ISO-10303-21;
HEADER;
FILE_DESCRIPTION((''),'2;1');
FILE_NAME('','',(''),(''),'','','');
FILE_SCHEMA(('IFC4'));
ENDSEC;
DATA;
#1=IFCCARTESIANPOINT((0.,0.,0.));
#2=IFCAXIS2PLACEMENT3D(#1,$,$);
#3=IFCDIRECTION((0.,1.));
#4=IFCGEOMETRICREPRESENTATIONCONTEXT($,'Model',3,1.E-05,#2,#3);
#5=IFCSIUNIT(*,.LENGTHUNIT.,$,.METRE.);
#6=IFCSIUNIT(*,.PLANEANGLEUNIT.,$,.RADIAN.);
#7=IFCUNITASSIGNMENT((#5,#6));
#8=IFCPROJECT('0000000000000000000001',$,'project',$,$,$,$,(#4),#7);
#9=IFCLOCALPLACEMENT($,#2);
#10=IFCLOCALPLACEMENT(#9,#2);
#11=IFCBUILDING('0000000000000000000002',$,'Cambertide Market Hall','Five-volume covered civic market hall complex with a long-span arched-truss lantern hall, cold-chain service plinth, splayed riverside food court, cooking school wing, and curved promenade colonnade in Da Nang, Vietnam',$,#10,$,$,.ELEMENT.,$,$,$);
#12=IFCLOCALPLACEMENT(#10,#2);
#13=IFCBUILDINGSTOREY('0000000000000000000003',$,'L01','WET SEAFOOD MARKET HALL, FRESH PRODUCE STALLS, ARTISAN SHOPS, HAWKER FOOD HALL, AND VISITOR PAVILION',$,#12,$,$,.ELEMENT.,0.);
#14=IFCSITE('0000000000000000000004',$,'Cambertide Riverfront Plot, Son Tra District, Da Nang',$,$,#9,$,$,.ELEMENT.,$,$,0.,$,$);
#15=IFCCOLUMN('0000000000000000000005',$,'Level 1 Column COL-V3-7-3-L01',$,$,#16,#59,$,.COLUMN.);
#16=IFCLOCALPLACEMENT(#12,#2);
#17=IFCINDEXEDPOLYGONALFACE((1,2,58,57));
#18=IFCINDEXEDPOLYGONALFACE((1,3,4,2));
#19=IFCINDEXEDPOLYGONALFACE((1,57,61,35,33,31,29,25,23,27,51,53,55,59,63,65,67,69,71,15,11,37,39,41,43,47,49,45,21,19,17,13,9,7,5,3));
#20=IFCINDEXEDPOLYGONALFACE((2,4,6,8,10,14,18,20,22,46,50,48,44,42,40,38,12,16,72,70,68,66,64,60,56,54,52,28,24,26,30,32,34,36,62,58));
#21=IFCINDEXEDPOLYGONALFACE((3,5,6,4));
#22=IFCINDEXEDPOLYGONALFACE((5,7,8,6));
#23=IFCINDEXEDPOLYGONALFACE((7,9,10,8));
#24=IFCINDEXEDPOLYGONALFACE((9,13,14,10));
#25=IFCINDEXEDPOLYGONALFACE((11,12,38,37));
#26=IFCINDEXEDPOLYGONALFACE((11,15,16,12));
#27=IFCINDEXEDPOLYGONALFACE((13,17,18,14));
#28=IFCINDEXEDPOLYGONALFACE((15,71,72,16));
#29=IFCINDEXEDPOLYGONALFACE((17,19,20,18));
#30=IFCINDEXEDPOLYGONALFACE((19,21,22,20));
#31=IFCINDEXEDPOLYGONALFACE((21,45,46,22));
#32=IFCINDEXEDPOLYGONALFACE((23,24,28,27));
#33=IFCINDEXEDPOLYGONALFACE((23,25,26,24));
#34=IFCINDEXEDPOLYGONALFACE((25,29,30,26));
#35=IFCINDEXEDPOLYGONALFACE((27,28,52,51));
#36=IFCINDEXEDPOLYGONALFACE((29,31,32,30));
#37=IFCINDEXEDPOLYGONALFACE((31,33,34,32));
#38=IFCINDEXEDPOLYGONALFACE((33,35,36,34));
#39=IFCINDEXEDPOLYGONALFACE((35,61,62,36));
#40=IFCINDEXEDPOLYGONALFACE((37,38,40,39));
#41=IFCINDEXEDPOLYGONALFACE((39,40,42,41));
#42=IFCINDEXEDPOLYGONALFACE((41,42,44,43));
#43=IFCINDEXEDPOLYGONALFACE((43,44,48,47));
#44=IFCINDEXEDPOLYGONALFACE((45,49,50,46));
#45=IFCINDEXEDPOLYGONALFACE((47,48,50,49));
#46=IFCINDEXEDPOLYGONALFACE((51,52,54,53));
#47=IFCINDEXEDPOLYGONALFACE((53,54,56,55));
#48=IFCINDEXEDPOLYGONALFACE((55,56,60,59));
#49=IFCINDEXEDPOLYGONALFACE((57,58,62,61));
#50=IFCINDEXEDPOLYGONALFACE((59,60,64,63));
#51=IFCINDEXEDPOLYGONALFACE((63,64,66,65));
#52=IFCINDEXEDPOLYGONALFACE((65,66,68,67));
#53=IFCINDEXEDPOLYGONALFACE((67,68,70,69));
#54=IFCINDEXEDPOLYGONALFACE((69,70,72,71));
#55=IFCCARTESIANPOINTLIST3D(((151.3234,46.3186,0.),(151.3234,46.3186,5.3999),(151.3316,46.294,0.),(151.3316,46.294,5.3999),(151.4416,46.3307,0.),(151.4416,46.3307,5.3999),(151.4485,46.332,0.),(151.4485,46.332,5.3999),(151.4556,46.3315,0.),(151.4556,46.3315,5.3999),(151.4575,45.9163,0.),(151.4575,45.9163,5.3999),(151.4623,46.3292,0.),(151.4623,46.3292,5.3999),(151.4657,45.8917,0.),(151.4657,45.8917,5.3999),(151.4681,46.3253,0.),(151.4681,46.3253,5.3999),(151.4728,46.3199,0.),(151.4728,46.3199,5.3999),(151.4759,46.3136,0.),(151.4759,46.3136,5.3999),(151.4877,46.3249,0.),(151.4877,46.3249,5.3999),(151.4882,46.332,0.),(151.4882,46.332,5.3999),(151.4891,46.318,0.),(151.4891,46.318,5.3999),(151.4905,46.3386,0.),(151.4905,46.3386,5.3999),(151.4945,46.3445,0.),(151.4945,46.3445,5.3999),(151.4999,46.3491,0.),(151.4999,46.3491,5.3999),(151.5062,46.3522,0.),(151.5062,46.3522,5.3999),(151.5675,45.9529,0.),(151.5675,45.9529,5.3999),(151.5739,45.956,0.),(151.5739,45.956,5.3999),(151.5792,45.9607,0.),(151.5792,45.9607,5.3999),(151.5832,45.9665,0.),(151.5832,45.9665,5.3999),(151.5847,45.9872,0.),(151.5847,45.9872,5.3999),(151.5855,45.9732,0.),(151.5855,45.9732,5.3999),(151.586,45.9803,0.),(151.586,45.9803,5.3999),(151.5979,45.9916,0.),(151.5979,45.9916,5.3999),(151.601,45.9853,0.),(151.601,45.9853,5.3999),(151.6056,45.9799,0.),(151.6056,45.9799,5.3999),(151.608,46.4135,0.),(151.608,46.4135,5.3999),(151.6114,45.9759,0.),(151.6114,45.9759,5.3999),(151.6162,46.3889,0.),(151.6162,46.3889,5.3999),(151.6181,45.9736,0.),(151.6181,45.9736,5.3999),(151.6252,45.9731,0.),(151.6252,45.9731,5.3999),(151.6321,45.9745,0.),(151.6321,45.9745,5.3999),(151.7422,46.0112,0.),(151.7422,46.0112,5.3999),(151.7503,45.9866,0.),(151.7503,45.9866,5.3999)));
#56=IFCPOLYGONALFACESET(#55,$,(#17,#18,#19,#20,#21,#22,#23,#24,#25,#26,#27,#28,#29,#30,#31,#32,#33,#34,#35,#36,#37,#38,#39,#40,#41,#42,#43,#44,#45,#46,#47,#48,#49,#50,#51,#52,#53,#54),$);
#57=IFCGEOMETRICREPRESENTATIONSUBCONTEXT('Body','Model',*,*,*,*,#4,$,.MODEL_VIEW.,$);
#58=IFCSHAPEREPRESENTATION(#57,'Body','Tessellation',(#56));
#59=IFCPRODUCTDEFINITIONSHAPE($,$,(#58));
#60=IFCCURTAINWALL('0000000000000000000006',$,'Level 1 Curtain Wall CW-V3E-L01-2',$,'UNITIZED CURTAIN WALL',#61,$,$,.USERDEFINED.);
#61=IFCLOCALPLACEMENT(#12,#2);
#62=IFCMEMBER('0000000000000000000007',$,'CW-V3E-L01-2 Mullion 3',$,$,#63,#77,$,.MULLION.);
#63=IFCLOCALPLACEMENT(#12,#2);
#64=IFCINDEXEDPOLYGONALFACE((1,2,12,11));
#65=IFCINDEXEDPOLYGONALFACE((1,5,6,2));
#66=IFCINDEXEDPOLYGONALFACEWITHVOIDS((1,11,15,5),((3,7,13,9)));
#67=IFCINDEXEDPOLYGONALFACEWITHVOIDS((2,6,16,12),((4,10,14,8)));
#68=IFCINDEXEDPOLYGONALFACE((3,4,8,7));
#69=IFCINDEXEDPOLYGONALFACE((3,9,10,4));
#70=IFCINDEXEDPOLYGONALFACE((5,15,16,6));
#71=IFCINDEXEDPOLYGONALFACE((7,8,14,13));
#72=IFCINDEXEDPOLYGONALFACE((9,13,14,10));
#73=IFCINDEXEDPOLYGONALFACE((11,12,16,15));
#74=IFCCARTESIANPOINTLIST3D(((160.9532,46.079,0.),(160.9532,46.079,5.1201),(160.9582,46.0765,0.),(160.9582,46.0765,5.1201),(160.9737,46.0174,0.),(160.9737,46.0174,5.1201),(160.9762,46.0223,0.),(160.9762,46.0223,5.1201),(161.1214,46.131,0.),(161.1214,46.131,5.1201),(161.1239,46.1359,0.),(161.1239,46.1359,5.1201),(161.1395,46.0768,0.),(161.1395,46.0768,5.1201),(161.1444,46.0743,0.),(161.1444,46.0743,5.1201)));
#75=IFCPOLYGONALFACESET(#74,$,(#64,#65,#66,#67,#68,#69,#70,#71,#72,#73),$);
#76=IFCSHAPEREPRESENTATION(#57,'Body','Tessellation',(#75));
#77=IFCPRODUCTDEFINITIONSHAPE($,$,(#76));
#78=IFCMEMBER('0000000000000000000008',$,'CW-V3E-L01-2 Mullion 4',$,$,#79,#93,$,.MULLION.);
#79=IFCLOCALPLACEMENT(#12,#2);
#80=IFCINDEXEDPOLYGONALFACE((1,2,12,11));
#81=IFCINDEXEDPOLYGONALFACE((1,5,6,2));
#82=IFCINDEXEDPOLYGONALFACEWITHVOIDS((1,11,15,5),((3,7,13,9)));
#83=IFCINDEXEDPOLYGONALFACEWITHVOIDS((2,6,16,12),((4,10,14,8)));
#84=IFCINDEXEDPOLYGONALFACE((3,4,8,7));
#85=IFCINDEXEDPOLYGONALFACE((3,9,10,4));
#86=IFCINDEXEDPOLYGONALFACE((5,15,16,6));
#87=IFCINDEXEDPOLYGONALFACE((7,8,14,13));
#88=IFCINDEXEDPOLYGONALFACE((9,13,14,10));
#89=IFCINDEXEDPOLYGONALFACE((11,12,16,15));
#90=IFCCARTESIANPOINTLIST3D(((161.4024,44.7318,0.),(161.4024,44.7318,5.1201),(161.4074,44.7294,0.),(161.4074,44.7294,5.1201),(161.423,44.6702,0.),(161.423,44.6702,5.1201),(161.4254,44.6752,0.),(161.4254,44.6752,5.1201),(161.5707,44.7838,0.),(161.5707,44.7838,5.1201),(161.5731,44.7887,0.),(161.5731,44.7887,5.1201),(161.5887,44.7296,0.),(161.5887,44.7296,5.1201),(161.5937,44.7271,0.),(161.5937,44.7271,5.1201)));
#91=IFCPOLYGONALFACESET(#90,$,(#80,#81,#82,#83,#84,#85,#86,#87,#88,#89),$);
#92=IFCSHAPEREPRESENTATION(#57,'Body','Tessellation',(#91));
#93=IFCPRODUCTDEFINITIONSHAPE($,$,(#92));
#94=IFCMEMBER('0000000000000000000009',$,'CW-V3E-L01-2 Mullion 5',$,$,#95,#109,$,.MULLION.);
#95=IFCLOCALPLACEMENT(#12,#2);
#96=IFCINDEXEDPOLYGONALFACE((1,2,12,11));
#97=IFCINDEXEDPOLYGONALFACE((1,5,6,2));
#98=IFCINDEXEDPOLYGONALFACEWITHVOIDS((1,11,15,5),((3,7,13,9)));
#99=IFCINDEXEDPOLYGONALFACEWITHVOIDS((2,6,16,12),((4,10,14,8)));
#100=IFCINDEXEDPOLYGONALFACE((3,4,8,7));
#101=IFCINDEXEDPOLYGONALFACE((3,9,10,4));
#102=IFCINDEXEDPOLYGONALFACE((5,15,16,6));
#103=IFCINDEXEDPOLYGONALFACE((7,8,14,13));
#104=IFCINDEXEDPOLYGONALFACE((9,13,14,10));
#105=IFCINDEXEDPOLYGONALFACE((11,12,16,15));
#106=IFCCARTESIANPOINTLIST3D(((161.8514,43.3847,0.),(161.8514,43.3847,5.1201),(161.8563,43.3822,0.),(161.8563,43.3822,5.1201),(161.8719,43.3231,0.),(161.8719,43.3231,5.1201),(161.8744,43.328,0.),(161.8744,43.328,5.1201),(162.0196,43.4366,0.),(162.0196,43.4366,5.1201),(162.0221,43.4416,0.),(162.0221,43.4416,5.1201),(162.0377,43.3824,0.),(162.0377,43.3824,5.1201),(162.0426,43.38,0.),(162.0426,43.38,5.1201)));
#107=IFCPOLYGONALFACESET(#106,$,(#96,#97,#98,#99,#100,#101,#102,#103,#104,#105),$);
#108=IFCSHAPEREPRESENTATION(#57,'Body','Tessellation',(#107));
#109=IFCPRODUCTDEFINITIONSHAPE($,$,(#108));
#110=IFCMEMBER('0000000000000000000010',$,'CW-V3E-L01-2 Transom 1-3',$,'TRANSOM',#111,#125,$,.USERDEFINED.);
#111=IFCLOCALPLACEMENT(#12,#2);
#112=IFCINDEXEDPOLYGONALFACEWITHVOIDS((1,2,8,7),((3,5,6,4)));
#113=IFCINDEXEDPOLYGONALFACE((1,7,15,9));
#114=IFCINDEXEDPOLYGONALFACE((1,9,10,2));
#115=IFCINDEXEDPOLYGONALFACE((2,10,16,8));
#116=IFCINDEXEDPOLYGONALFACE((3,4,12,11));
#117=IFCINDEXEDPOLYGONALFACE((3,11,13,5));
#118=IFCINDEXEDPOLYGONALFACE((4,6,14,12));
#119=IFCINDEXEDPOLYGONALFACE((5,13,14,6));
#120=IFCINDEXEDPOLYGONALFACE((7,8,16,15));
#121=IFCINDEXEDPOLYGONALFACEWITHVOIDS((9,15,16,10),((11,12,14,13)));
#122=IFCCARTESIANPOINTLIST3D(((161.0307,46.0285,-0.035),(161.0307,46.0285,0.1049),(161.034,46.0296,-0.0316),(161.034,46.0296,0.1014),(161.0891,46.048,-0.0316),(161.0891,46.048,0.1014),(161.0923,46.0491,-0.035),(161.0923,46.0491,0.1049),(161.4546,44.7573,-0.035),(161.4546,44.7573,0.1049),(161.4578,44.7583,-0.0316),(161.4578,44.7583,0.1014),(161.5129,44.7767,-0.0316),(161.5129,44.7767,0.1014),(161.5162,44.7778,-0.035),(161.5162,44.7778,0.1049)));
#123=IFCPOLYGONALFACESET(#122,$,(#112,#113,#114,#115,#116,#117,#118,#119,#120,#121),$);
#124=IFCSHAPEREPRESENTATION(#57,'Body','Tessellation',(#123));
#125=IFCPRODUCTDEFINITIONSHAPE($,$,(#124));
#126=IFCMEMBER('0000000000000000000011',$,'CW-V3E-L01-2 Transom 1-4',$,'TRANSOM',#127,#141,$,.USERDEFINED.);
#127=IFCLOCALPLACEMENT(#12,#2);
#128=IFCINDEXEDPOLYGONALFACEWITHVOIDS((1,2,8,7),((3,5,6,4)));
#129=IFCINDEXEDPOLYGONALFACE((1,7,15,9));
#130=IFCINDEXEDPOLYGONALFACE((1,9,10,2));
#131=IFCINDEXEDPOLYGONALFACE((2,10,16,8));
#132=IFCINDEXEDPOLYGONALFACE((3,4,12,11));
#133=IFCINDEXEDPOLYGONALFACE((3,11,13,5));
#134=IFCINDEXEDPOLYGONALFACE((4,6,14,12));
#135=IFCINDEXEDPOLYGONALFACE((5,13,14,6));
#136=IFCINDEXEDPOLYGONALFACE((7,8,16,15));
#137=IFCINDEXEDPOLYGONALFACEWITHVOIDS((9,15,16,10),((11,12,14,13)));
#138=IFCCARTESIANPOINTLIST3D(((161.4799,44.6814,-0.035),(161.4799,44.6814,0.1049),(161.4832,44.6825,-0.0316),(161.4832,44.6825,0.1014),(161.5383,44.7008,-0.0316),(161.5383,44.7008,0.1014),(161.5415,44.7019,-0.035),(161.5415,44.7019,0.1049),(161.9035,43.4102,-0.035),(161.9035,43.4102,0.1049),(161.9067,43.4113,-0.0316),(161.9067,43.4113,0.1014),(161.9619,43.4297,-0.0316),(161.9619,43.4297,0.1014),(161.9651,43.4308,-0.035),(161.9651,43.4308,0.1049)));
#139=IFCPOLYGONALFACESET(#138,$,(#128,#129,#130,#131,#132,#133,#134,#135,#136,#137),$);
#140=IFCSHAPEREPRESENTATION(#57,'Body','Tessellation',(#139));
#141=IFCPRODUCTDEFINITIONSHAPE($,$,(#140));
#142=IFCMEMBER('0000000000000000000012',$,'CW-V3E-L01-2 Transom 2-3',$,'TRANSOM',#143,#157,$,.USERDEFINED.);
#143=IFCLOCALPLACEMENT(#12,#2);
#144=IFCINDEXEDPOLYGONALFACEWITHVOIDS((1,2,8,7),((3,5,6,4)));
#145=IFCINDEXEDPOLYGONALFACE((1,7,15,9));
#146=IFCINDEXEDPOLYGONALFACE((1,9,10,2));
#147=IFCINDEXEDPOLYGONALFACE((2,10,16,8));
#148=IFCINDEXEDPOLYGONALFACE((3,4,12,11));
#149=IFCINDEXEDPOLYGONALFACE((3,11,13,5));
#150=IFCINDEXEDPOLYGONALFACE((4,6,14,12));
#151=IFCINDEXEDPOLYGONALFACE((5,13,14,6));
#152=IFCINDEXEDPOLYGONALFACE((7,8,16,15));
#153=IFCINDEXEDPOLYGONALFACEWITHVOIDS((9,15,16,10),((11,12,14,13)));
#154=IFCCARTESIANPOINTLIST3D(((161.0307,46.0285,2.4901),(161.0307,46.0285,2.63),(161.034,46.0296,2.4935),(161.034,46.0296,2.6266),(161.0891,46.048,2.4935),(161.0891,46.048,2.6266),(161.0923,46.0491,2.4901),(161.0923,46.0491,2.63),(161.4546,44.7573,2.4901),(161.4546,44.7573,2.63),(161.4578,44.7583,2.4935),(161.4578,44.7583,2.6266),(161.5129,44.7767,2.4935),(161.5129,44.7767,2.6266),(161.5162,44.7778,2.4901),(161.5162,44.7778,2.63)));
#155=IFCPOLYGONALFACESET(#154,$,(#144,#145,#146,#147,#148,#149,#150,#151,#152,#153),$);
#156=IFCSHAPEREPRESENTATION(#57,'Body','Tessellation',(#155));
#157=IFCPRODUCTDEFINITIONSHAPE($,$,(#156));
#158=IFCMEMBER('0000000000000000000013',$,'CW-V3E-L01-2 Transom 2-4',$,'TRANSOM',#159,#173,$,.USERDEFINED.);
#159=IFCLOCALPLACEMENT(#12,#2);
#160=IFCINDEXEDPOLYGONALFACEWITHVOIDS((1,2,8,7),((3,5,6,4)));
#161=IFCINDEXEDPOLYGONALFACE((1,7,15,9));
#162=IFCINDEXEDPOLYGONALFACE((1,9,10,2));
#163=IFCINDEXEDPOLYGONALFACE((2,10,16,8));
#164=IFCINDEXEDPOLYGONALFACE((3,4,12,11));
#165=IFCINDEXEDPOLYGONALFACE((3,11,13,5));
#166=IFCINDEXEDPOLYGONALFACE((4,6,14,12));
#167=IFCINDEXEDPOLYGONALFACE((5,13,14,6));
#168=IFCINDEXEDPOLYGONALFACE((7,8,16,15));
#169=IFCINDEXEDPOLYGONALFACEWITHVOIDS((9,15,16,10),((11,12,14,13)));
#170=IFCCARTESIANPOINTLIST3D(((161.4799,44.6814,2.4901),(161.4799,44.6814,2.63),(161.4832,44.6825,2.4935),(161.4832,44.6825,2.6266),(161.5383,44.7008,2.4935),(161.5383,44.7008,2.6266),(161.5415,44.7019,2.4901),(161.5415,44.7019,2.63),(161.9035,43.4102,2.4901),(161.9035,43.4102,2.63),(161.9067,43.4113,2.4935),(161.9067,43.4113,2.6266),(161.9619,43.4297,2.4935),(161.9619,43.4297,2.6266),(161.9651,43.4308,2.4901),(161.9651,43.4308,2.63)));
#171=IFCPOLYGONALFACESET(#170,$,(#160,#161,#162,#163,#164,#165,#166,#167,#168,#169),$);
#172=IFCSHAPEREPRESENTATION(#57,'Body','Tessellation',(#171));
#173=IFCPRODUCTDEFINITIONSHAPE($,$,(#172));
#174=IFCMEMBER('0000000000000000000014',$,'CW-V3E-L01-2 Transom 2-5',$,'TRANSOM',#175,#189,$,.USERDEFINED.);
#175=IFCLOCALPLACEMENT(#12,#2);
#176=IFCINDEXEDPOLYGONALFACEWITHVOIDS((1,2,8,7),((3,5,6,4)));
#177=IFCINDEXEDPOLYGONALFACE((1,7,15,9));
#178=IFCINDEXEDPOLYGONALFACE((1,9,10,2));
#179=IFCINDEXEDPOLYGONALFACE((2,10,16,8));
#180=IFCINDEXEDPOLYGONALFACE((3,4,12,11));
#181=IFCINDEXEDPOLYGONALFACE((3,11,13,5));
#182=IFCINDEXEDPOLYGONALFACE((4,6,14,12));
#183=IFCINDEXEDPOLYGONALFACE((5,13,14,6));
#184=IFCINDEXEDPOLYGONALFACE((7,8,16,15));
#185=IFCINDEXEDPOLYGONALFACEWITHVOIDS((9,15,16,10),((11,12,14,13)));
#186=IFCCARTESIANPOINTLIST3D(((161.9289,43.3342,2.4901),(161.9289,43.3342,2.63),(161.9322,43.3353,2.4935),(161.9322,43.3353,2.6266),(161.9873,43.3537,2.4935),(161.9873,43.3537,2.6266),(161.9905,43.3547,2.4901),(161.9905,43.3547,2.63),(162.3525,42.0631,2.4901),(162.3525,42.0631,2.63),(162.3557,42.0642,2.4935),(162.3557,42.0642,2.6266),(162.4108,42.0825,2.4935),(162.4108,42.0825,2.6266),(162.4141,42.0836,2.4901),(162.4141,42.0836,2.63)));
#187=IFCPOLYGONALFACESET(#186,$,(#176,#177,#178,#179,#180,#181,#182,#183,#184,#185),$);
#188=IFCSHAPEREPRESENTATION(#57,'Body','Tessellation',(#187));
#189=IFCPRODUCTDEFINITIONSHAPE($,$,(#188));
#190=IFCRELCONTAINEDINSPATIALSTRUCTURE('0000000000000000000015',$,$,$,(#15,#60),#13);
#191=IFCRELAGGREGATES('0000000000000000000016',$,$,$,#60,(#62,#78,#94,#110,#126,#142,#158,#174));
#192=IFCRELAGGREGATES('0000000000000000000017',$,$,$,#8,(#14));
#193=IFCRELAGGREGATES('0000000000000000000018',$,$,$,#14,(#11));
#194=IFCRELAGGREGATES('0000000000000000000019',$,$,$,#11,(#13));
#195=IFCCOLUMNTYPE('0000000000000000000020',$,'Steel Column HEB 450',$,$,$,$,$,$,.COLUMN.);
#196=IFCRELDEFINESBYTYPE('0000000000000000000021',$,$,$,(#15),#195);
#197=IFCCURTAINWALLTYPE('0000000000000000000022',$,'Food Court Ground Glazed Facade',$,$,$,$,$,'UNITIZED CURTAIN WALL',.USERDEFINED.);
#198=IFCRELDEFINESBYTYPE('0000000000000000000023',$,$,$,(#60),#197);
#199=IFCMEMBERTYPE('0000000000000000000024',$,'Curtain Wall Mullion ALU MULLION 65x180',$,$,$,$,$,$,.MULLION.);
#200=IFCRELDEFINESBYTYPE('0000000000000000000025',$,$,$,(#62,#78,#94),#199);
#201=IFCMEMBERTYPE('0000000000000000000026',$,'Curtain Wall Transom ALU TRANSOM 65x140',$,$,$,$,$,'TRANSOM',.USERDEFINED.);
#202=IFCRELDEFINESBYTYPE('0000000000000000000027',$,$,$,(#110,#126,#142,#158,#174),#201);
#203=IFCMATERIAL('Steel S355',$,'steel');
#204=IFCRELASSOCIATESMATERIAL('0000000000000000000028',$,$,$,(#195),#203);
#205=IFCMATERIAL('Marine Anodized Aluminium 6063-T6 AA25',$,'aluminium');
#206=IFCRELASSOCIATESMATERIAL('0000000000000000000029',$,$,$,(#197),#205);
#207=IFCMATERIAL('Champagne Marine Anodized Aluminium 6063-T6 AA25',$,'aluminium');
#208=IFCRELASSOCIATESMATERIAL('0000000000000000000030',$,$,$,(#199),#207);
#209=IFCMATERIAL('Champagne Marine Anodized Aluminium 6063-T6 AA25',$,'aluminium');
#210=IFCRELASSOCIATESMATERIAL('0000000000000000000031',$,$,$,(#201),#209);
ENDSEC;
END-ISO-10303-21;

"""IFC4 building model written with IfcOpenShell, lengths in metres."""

from ifc_helpers import new_model, si_unit, direction, frame, origin, origin_2d, place, context, subcontext, project, spatial, hollow_rectangle, i_section, extrude, material, material_profile, profile_set, type_object, element, aggregate, save


model = new_model("IFC4")

# Units and contexts
model_context = context("Model", 3, precision=1e-05, world=origin(), true_north=direction((0.0, 1.0)))
body_context = subcontext(model_context, "Body", "Model", "MODEL_VIEW")
ifc_project = project(units=[si_unit("LENGTHUNIT", "METRE"), si_unit("PLANEANGLEUNIT", "RADIAN")], contexts=[model_context])

# Site, building, storey
site_placement = place(None, origin())
site = spatial("IfcSite", under=ifc_project, at=site_placement, Name="Cambertide Riverfront Plot, Son Tra District, Da Nang", CompositionType="ELEMENT", RefElevation=0.0)
building_placement = place(site_placement, origin())
building = spatial("IfcBuilding", under=site, at=building_placement, Name="Cambertide Market Hall", Description="Five-volume covered civic market hall complex with a long-span arched-truss lantern hall, cold-chain service plinth, splayed riverside food court, cooking school wing, and curved promenade colonnade in Da Nang, Vietnam", CompositionType="ELEMENT")
storey_placement = place(building_placement, origin())
storey = spatial("IfcBuildingStorey", under=building, at=storey_placement, Name="L01", Description="WET SEAFOOD MARKET HALL, FRESH PRODUCE STALLS, ARTISAN SHOPS, HAWKER FOOD HALL, AND VISITOR PAVILION", CompositionType="ELEMENT", Elevation=0.0)

# Column
ifc_material_1 = material(Name="Steel S355", Category="steel")
ifc_material_profile_1 = material_profile(ifc_material_1, i_section(OverallWidth=0.3, OverallDepth=0.45, WebThickness=0.0139, FlangeThickness=0.0259, FilletRadius=0.0271, at=origin_2d()), Name="HEB 450")
ifc_profile_set_1 = profile_set([ifc_material_profile_1], Name="Steel S355")
column_type = type_object("IfcColumnType", Name="Steel Column HEB 450", PredefinedType="COLUMN", material=ifc_profile_set_1)
column_placement = place(storey_placement, frame((151.5369, 46.1526, 0.0), z_axis=(0.0, 0.0, 1.0), x_axis=(0.948683, 0.316228, 0.0)))
element("IfcColumn", 1, at=column_placement, inside=storey, type_object=column_type, Name="Level 1 Column COL-V3-7-3-L01", PredefinedType="COLUMN", context=body_context, shape_type="SweptSolid", body=[
    extrude(i_section(OverallWidth=0.3, OverallDepth=0.45, WebThickness=0.0139, FlangeThickness=0.0259, FilletRadius=0.0271, at=origin_2d()), origin(), (0.0, 0.0, 1.0), 5.3999),
])

# Curtain wall, members
ifc_material_2 = material(Name="Marine Anodized Aluminium 6063-T6 AA25", Category="aluminium")
curtain_wall_type = type_object("IfcCurtainWallType", Name="Food Court Ground Glazed Facade", ElementType="UNITIZED CURTAIN WALL", PredefinedType="USERDEFINED", material=ifc_material_2)
curtain_wall_placement = place(storey_placement, origin())
curtain_wall = element("IfcCurtainWall", 2, at=curtain_wall_placement, inside=storey, type_object=curtain_wall_type, Name="Level 1 Curtain Wall CW-V3E-L01-2", ObjectType="UNITIZED CURTAIN WALL", PredefinedType="USERDEFINED")
ifc_material_3 = material(Name="Champagne Marine Anodized Aluminium 6063-T6 AA25", Category="aluminium")
ifc_material_profile_2 = material_profile(ifc_material_3, hollow_rectangle(XDim=0.0649, YDim=0.1799, WallThickness=0.0039, at=origin_2d()), Name="ALU MULLION 65x180")
ifc_profile_set_2 = profile_set([ifc_material_profile_2], Name="Champagne Marine Anodized Aluminium 6063-T6 AA25")
member_type_1 = type_object("IfcMemberType", Name="Curtain Wall Mullion ALU MULLION 65x180", PredefinedType="MULLION", material=ifc_profile_set_2)
member_1_placement = place(storey_placement, frame((161.0488, 46.0767, 0.0), z_axis=(0.0, 0.0, 1.0), x_axis=(0.316228, -0.948683, 0.0)))
member_1 = element("IfcMember", 3, at=member_1_placement, type_object=member_type_1, Name="CW-V3E-L01-2 Mullion 3", PredefinedType="MULLION", context=body_context, shape_type="SweptSolid", body=[
    extrude(hollow_rectangle(XDim=0.0649, YDim=0.1799, WallThickness=0.0039, at=origin_2d()), origin(), (0.0, 0.0, 1.0), 5.1201),
])
member_2_placement = place(storey_placement, frame((161.498, 44.7295, 0.0), z_axis=(0.0, 0.0, 1.0), x_axis=(0.316228, -0.948683, 0.0)))
member_2 = element("IfcMember", 4, at=member_2_placement, type_object=member_type_1, Name="CW-V3E-L01-2 Mullion 4", PredefinedType="MULLION", context=body_context, shape_type="SweptSolid", body=[
    extrude(hollow_rectangle(XDim=0.0649, YDim=0.1799, WallThickness=0.0039, at=origin_2d()), origin(), (0.0, 0.0, 1.0), 5.1201),
])
member_3_placement = place(storey_placement, frame((161.947, 43.3823, 0.0), z_axis=(0.0, 0.0, 1.0), x_axis=(0.316228, -0.948683, 0.0)))
member_3 = element("IfcMember", 5, at=member_3_placement, type_object=member_type_1, Name="CW-V3E-L01-2 Mullion 5", PredefinedType="MULLION", context=body_context, shape_type="SweptSolid", body=[
    extrude(hollow_rectangle(XDim=0.0649, YDim=0.1799, WallThickness=0.0039, at=origin_2d()), origin(), (0.0, 0.0, 1.0), 5.1201),
])
ifc_material_4 = material(Name="Champagne Marine Anodized Aluminium 6063-T6 AA25", Category="aluminium")
ifc_material_profile_3 = material_profile(ifc_material_4, hollow_rectangle(XDim=0.0649, YDim=0.1399, WallThickness=0.0034, at=origin_2d()), Name="ALU TRANSOM 65x140")
ifc_profile_set_3 = profile_set([ifc_material_profile_3], Name="Champagne Marine Anodized Aluminium 6063-T6 AA25")
member_type_2 = type_object("IfcMemberType", Name="Curtain Wall Transom ALU TRANSOM 65x140", ElementType="TRANSOM", PredefinedType="USERDEFINED", material=ifc_profile_set_3)
member_4_placement = place(storey_placement, frame((161.0615, 46.0388, 0.0349), z_axis=(0.316282, -0.948665, 0.0), x_axis=(0.948665, 0.316282, 0.0)))
member_4 = element("IfcMember", 6, at=member_4_placement, type_object=member_type_2, Name="CW-V3E-L01-2 Transom 1-3", ObjectType="TRANSOM", PredefinedType="USERDEFINED", context=body_context, shape_type="SweptSolid", body=[
    extrude(hollow_rectangle(XDim=0.0649, YDim=0.1399, WallThickness=0.0034, at=origin_2d()), origin(), (0.0, 0.0, 1.0), 1.3401),
])
member_5_placement = place(storey_placement, frame((161.5107, 44.6917, 0.0349), z_axis=(0.316118, -0.94872, 0.0), x_axis=(0.94872, 0.316118, 0.0)))
member_5 = element("IfcMember", 7, at=member_5_placement, type_object=member_type_2, Name="CW-V3E-L01-2 Transom 1-4", ObjectType="TRANSOM", PredefinedType="USERDEFINED", context=body_context, shape_type="SweptSolid", body=[
    extrude(hollow_rectangle(XDim=0.0649, YDim=0.1399, WallThickness=0.0034, at=origin_2d()), origin(), (0.0, 0.0, 1.0), 1.3398),
])
member_6_placement = place(storey_placement, frame((161.0615, 46.0388, 2.5601), z_axis=(0.316282, -0.948665, 0.0), x_axis=(0.948665, 0.316282, 0.0)))
member_6 = element("IfcMember", 8, at=member_6_placement, type_object=member_type_2, Name="CW-V3E-L01-2 Transom 2-3", ObjectType="TRANSOM", PredefinedType="USERDEFINED", context=body_context, shape_type="SweptSolid", body=[
    extrude(hollow_rectangle(XDim=0.0649, YDim=0.1399, WallThickness=0.0034, at=origin_2d()), origin(), (0.0, 0.0, 1.0), 1.3401),
])
member_7_placement = place(storey_placement, frame((161.5107, 44.6917, 2.5601), z_axis=(0.316118, -0.94872, 0.0), x_axis=(0.94872, 0.316118, 0.0)))
member_7 = element("IfcMember", 9, at=member_7_placement, type_object=member_type_2, Name="CW-V3E-L01-2 Transom 2-4", ObjectType="TRANSOM", PredefinedType="USERDEFINED", context=body_context, shape_type="SweptSolid", body=[
    extrude(hollow_rectangle(XDim=0.0649, YDim=0.1399, WallThickness=0.0034, at=origin_2d()), origin(), (0.0, 0.0, 1.0), 1.3398),
])
member_8_placement = place(storey_placement, frame((161.9597, 43.3445, 2.5601), z_axis=(0.316118, -0.94872, 0.0), x_axis=(0.94872, 0.316118, 0.0)))
member_8 = element("IfcMember", 10, at=member_8_placement, type_object=member_type_2, Name="CW-V3E-L01-2 Transom 2-5", ObjectType="TRANSOM", PredefinedType="USERDEFINED", context=body_context, shape_type="SweptSolid", body=[
    extrude(hollow_rectangle(XDim=0.0649, YDim=0.1399, WallThickness=0.0034, at=origin_2d()), origin(), (0.0, 0.0, 1.0), 1.3398),
])

aggregate(curtain_wall, [member_1, member_2, member_3, member_4, member_5, member_6, member_7, member_8])

save(model, "model.ifc")
